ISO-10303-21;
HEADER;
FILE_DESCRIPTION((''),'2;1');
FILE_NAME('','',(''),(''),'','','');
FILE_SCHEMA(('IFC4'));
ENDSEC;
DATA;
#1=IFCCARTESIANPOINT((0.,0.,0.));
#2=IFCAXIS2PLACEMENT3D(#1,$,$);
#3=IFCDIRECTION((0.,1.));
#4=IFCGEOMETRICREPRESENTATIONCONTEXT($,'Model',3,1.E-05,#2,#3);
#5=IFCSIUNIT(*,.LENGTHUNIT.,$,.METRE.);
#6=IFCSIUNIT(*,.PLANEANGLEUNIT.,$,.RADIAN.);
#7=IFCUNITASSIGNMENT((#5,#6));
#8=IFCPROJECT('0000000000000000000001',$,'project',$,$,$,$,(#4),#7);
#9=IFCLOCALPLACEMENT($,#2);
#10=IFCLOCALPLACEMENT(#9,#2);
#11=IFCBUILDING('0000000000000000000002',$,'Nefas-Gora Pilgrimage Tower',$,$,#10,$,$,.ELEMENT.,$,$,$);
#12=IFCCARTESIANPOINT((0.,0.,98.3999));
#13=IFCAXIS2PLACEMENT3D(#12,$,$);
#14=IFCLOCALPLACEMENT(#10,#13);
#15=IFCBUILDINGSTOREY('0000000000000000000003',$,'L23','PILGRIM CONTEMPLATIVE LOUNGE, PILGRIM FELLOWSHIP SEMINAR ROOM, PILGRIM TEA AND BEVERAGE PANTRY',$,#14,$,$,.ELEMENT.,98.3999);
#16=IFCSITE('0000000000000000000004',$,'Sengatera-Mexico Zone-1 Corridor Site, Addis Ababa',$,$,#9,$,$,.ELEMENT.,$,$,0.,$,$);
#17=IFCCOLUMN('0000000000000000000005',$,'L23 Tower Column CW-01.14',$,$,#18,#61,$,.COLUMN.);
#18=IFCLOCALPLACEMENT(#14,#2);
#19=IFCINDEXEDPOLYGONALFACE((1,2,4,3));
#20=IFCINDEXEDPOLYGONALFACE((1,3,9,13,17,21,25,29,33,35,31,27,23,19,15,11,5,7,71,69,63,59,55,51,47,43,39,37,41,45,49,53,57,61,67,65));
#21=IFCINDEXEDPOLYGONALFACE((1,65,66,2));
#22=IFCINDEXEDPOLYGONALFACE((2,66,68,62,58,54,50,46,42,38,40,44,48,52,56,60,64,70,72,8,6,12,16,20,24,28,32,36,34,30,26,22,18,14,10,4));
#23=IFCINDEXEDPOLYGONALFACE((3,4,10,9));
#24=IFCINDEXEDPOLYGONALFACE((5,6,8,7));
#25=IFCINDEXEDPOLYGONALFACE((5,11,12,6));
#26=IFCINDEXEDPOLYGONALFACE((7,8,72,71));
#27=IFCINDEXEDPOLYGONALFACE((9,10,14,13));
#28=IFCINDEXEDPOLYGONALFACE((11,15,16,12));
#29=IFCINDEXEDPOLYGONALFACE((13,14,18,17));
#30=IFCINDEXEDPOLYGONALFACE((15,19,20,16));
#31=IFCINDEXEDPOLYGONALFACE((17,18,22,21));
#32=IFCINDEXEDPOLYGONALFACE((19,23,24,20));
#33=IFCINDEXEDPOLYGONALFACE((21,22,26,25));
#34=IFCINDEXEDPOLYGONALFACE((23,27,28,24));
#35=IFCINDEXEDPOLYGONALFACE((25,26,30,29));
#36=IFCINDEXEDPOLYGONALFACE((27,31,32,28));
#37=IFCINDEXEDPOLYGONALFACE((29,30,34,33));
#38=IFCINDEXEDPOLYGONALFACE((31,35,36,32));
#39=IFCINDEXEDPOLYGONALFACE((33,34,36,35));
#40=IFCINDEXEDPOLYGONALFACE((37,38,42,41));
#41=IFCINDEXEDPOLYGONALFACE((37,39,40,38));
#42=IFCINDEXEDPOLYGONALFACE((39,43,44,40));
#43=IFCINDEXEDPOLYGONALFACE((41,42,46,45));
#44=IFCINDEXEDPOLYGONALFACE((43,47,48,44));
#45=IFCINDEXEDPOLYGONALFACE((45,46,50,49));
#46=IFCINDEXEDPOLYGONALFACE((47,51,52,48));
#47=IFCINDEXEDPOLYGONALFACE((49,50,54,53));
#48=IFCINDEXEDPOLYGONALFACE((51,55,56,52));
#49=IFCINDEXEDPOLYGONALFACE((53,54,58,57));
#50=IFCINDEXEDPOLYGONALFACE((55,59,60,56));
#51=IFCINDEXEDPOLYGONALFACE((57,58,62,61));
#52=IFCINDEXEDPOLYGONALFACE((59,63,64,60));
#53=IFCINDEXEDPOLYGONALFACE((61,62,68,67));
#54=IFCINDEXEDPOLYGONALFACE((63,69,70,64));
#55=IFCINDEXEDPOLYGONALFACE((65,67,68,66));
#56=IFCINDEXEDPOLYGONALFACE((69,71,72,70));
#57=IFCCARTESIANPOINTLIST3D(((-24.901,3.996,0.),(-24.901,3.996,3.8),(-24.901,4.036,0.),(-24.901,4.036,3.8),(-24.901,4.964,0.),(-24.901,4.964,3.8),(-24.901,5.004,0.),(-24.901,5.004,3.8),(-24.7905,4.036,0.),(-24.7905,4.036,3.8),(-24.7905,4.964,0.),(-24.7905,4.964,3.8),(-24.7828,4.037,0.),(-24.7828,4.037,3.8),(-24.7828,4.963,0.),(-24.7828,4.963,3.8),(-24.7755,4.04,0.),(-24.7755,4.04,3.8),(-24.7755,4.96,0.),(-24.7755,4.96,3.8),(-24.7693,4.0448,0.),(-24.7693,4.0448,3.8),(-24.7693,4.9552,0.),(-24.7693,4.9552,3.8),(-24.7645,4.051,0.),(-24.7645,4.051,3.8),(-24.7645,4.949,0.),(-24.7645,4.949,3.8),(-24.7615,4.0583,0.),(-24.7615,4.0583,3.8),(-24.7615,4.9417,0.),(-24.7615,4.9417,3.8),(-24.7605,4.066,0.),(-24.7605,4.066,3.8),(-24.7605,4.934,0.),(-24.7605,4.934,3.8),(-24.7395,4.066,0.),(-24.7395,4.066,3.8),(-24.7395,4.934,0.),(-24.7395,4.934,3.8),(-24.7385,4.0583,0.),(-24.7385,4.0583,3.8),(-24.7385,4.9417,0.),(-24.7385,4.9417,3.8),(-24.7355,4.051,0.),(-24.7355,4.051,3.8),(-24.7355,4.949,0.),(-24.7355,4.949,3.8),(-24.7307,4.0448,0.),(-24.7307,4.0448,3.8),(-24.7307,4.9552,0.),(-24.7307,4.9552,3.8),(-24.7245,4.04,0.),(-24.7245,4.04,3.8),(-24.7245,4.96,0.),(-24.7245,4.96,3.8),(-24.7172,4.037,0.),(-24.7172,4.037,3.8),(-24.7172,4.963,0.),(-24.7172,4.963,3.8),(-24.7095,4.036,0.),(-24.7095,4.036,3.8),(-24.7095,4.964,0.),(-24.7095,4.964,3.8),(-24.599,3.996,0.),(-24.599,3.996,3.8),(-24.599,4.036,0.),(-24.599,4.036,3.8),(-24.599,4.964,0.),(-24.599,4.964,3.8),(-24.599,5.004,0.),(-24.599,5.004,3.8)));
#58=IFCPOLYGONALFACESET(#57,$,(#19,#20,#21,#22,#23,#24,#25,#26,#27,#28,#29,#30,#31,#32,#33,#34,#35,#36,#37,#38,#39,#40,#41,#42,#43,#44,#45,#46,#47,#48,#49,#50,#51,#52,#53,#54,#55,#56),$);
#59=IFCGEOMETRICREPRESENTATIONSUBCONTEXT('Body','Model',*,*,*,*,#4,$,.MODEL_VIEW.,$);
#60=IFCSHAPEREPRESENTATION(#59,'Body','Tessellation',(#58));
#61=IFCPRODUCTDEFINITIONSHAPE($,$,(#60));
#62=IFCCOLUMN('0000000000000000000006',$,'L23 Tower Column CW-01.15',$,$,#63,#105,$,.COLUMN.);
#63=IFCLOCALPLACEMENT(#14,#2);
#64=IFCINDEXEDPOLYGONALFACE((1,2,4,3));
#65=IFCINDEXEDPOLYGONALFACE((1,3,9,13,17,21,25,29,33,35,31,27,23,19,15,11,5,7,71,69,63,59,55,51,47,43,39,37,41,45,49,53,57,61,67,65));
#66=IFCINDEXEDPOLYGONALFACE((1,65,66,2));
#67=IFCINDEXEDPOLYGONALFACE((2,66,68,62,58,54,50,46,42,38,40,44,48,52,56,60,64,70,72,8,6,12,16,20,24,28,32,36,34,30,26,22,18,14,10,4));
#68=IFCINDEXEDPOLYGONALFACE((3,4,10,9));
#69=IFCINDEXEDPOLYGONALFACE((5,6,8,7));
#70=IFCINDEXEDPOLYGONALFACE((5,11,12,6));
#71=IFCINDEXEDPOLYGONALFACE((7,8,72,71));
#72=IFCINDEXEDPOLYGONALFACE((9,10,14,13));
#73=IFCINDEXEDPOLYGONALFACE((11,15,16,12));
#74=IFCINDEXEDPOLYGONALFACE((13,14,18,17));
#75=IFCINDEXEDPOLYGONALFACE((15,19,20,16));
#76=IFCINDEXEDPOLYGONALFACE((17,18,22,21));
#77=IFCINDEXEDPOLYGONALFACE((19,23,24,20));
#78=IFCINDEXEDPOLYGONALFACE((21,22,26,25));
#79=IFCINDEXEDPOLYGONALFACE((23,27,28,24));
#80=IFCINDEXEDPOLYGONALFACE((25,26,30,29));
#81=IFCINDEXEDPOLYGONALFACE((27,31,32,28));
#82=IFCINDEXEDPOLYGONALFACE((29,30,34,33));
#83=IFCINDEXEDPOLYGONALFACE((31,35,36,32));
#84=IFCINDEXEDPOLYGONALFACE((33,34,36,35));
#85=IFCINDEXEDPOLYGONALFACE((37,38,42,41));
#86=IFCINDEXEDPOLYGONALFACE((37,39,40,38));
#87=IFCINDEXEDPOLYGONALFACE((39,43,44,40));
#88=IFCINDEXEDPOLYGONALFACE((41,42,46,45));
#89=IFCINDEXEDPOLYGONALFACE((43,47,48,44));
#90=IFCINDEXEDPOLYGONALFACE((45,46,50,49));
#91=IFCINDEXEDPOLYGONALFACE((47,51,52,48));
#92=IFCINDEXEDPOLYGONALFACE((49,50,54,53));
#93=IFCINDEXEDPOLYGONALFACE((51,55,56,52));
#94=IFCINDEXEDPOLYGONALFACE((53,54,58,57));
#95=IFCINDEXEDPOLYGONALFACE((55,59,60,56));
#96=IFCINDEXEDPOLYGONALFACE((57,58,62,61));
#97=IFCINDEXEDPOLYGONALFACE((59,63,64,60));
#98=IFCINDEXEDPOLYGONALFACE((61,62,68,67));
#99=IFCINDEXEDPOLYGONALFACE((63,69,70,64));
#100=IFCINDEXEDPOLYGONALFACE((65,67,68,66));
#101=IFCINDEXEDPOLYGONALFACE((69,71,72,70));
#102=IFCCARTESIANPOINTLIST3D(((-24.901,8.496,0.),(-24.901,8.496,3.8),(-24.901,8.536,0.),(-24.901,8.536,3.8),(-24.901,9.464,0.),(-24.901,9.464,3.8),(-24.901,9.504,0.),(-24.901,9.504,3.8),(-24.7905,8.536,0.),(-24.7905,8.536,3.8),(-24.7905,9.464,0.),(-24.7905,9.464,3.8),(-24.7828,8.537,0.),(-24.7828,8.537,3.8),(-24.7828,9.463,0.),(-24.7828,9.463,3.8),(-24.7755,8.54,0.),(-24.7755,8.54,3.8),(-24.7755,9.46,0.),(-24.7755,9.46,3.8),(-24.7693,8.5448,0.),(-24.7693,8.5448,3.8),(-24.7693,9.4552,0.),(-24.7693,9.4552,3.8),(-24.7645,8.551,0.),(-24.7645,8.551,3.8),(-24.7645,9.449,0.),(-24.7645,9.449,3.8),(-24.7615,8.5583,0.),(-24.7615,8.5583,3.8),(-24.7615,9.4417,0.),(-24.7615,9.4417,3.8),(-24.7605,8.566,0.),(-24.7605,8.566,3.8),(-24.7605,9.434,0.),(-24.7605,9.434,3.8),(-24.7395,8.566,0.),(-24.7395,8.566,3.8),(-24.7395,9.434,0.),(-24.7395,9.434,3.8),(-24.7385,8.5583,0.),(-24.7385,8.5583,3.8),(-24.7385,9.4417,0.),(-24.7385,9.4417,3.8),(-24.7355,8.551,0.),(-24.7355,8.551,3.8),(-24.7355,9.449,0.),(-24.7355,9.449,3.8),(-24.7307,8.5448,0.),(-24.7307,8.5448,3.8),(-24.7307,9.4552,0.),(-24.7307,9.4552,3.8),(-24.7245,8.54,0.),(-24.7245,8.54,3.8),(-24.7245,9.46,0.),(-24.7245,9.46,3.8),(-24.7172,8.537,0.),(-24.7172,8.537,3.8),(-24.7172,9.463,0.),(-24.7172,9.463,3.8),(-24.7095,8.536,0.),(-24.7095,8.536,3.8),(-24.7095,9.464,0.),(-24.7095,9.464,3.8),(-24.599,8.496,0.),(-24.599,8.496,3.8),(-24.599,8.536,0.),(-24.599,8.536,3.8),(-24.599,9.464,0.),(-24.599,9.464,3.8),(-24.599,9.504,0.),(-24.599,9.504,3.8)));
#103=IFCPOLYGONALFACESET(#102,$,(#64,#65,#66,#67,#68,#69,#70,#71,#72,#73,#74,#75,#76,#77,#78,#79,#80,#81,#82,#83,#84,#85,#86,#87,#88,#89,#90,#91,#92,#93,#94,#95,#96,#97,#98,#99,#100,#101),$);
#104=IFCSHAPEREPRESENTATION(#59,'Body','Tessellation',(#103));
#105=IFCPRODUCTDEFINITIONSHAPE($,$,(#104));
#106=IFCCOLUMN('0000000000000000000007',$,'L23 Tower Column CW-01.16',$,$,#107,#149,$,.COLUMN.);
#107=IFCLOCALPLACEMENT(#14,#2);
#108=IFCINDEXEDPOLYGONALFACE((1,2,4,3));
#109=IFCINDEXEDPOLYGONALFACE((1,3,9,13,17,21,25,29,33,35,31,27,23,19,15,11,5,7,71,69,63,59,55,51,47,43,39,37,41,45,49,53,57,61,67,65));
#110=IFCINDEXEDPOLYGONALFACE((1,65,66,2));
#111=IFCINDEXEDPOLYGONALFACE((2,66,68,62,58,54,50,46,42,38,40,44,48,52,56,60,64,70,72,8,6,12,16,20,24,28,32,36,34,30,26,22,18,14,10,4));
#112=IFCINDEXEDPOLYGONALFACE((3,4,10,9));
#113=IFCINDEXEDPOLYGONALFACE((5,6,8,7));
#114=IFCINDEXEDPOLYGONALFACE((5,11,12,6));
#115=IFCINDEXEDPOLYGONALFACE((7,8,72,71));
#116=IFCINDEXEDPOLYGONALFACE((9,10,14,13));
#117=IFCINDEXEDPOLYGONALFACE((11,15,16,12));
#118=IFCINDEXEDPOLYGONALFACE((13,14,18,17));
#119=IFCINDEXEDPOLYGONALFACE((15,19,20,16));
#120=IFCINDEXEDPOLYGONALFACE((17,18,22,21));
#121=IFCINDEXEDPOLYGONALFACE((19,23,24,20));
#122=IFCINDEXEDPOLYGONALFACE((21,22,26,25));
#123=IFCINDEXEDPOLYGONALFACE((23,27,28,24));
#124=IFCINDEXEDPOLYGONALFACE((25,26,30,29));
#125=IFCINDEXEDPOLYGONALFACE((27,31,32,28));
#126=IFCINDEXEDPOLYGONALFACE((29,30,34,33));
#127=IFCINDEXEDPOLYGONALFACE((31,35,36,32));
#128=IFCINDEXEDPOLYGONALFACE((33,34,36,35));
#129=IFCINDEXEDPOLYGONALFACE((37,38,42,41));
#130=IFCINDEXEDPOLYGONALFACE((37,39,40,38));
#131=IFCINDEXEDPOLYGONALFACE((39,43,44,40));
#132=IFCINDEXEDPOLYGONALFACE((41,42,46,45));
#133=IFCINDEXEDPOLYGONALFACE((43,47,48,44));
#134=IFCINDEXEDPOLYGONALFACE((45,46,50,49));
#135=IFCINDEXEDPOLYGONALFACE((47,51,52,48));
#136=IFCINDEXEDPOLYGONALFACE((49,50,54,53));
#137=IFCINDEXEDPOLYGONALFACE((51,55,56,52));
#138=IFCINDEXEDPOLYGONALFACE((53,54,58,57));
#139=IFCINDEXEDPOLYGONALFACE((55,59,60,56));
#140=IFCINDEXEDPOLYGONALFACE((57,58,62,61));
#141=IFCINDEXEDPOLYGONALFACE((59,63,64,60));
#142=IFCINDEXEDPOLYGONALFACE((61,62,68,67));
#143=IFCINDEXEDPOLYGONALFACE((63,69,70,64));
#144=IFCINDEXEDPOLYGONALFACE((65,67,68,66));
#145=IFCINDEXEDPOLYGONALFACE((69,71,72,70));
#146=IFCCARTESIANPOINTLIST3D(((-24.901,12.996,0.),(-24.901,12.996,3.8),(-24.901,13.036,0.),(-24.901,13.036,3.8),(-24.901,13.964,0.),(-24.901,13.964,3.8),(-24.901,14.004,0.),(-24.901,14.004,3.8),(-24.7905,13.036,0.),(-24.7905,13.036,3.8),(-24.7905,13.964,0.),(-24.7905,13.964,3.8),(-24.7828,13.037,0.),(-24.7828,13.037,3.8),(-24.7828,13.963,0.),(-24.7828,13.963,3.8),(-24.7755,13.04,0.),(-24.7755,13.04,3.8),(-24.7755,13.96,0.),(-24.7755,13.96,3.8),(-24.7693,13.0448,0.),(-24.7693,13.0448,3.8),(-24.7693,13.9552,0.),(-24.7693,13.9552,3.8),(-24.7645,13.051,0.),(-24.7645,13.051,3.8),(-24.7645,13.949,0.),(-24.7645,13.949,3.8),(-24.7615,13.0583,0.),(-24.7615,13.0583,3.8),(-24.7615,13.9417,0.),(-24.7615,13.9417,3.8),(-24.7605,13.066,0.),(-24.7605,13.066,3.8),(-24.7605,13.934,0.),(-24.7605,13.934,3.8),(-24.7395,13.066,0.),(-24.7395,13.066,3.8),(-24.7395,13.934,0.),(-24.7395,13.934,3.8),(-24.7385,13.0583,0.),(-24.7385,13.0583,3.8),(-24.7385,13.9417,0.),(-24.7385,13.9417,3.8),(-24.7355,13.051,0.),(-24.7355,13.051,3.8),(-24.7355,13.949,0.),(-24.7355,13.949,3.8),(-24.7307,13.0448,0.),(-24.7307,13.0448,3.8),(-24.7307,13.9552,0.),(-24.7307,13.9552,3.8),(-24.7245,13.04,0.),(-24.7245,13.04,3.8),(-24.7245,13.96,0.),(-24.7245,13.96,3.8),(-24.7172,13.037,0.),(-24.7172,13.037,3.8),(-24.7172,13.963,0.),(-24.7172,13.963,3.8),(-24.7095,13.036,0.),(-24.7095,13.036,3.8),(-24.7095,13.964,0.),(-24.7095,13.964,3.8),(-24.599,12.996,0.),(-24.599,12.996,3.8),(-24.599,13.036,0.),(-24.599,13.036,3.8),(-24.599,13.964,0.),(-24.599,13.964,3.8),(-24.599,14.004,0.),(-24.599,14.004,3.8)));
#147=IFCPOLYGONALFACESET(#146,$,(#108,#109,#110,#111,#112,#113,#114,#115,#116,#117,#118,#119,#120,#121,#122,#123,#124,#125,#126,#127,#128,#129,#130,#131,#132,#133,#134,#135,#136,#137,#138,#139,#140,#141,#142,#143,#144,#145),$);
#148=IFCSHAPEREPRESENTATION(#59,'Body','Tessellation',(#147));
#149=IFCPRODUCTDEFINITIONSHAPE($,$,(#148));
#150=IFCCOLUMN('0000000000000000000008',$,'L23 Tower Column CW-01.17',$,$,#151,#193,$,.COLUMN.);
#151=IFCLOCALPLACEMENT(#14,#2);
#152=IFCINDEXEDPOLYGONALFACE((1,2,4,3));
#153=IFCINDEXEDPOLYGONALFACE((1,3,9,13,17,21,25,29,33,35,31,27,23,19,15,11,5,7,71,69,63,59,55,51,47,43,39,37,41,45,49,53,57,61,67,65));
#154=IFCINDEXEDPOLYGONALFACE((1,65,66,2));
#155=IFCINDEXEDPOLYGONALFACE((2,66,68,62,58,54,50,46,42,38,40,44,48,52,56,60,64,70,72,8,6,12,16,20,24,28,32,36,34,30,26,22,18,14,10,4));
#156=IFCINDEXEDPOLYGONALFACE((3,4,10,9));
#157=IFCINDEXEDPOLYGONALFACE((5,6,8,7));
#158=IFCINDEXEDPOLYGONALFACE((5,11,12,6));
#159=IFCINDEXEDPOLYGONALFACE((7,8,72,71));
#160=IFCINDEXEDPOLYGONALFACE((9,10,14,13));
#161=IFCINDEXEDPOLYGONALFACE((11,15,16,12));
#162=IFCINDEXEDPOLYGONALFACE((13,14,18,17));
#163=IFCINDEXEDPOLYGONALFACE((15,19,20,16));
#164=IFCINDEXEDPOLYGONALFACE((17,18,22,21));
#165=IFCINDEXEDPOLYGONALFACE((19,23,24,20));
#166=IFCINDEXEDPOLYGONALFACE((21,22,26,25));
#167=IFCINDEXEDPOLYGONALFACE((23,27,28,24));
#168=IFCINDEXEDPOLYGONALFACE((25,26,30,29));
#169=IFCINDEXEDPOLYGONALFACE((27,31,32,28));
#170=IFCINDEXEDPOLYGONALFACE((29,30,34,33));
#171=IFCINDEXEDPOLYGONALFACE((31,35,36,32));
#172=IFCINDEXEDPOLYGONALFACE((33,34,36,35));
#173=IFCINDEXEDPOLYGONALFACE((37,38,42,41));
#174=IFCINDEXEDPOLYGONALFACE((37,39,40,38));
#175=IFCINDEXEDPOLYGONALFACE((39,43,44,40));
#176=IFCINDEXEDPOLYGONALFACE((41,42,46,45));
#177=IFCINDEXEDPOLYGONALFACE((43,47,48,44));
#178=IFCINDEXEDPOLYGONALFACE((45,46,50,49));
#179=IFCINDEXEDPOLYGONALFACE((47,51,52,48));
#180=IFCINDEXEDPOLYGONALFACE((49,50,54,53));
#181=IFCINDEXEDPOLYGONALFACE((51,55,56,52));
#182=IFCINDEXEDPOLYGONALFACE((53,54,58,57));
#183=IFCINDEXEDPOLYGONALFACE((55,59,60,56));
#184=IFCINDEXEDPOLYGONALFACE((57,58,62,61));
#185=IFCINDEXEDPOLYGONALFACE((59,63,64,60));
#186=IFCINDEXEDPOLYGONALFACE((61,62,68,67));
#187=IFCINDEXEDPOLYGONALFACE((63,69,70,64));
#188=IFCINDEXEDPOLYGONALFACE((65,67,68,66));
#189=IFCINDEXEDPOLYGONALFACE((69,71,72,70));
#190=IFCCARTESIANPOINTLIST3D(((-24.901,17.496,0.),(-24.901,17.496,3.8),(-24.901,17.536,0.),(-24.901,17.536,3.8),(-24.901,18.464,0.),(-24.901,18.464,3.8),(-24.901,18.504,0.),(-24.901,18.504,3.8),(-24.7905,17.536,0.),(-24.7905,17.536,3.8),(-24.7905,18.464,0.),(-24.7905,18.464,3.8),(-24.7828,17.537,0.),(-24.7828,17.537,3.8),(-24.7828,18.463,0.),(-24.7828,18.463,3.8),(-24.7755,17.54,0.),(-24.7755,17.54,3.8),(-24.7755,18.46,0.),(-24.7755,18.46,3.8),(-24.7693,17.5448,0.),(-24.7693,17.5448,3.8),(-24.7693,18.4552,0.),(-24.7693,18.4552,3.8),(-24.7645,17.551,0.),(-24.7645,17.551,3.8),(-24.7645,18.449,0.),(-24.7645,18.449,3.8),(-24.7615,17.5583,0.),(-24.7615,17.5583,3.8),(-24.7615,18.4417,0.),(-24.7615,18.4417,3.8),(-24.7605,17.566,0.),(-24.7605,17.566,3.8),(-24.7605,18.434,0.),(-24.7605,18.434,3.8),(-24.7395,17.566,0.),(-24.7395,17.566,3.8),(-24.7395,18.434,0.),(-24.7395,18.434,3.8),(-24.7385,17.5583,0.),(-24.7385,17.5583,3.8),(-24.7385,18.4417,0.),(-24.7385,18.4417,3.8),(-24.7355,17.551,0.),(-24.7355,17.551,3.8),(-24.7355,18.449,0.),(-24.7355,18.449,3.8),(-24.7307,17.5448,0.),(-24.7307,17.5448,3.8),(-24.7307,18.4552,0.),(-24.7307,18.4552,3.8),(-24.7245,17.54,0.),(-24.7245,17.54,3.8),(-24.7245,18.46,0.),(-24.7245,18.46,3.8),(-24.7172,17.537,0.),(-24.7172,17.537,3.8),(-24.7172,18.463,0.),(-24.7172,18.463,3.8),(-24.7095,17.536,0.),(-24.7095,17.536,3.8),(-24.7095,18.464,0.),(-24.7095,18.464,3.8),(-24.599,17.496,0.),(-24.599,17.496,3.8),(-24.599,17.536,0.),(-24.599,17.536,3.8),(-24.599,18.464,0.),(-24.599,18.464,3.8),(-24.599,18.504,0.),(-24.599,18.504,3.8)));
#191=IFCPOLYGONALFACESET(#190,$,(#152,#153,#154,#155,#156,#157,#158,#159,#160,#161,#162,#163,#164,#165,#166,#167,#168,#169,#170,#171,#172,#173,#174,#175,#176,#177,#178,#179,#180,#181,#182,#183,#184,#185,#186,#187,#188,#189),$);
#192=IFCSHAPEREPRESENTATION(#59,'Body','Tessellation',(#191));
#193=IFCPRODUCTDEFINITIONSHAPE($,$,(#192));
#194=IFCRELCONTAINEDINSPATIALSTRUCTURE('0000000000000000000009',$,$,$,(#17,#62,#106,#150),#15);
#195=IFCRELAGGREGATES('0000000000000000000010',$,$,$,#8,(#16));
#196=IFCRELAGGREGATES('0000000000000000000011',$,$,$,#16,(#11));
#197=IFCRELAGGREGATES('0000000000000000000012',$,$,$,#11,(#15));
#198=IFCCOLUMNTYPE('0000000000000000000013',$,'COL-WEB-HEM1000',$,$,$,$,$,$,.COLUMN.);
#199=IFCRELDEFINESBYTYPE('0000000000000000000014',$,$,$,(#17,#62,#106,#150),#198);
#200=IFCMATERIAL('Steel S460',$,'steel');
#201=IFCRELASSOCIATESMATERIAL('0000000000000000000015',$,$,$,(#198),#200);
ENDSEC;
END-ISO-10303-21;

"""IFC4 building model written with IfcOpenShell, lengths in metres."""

from ifc_helpers import new_model, si_unit, direction, frame, origin, origin_2d, place, context, subcontext, project, spatial, i_section, extrude, source, transform, mapped, material, material_profile, profile_set, type_object, element, save


model = new_model("IFC4")

# Units and contexts
model_context = context("Model", 3, precision=1e-05, world=origin(), true_north=direction((0.0, 1.0)))
body_context = subcontext(model_context, "Body", "Model", "MODEL_VIEW")
ifc_project = project(units=[si_unit("LENGTHUNIT", "METRE"), si_unit("PLANEANGLEUNIT", "RADIAN")], contexts=[model_context])

# Site, building, storey
site_placement = place(None, origin())
site = spatial("IfcSite", under=ifc_project, at=site_placement, Name="Sengatera-Mexico Zone-1 Corridor Site, Addis Ababa", CompositionType="ELEMENT", RefElevation=0.0)
building_placement = place(site_placement, origin())
building = spatial("IfcBuilding", under=site, at=building_placement, Name="Nefas-Gora Pilgrimage Tower", CompositionType="ELEMENT")
storey_placement = place(building_placement, frame((0.0, 0.0, 98.3999)))
storey = spatial("IfcBuildingStorey", under=building, at=storey_placement, Name="L23", Description="PILGRIM CONTEMPLATIVE LOUNGE, PILGRIM FELLOWSHIP SEMINAR ROOM, PILGRIM TEA AND BEVERAGE PANTRY", CompositionType="ELEMENT", Elevation=98.3999)

# Columns
ifc_material_1 = material(Name="Steel S460", Category="steel")
ifc_material_profile_1 = material_profile(ifc_material_1, i_section(OverallWidth=0.302, OverallDepth=1.0081, WebThickness=0.021, FlangeThickness=0.04, FilletRadius=0.03, at=origin_2d()), Name="HEM 1000")
ifc_profile_set_1 = profile_set([ifc_material_profile_1], Name="Steel S460")
column_type_1 = type_object("IfcColumnType", Name="COL-WEB-HEM1000", PredefinedType="COLUMN", material=ifc_profile_set_1)
shared_shape_1 = source(origin(), body_context, "Body", "SweptSolid", [
    extrude(i_section(OverallWidth=0.302, OverallDepth=1.0081, WebThickness=0.021, FlangeThickness=0.04, FilletRadius=0.03, at=origin_2d()), origin(), (0.0, 0.0, 1.0), 3.8),
])
for number, where, z_axis, x_axis, name in (
    (1, (-24.75, 4.5, 0.0), (0.0, 0.0, 1.0), (1.0, 0.0, 0.0), "L23 Tower Column CW-01.14"),
    (2, (-24.75, 9.0, 0.0), (0.0, 0.0, 1.0), (1.0, 0.0, 0.0), "L23 Tower Column CW-01.15"),
    (3, (-24.75, 13.5, 0.0), (0.0, 0.0, 1.0), (1.0, 0.0, 0.0), "L23 Tower Column CW-01.16"),
    (4, (-24.75, 18.0, 0.0), (0.0, 0.0, 1.0), (1.0, 0.0, 0.0), "L23 Tower Column CW-01.17"),
):
    element("IfcColumn", number, at=place(storey_placement, frame(where, z_axis=z_axis, x_axis=x_axis)), inside=storey, type_object=column_type_1, Name=name, PredefinedType="COLUMN", context=body_context, shape_type="MappedRepresentation", body=[
        mapped(shared_shape_1, transform((0.0, 0.0, 0.0), x_axis=(1.0, 0.0, 0.0), y_axis=(0.0, 1.0, 0.0), z_axis=(0.0, 0.0, 1.0), scale=1.0)),
    ])

save(model, "model.ifc")
